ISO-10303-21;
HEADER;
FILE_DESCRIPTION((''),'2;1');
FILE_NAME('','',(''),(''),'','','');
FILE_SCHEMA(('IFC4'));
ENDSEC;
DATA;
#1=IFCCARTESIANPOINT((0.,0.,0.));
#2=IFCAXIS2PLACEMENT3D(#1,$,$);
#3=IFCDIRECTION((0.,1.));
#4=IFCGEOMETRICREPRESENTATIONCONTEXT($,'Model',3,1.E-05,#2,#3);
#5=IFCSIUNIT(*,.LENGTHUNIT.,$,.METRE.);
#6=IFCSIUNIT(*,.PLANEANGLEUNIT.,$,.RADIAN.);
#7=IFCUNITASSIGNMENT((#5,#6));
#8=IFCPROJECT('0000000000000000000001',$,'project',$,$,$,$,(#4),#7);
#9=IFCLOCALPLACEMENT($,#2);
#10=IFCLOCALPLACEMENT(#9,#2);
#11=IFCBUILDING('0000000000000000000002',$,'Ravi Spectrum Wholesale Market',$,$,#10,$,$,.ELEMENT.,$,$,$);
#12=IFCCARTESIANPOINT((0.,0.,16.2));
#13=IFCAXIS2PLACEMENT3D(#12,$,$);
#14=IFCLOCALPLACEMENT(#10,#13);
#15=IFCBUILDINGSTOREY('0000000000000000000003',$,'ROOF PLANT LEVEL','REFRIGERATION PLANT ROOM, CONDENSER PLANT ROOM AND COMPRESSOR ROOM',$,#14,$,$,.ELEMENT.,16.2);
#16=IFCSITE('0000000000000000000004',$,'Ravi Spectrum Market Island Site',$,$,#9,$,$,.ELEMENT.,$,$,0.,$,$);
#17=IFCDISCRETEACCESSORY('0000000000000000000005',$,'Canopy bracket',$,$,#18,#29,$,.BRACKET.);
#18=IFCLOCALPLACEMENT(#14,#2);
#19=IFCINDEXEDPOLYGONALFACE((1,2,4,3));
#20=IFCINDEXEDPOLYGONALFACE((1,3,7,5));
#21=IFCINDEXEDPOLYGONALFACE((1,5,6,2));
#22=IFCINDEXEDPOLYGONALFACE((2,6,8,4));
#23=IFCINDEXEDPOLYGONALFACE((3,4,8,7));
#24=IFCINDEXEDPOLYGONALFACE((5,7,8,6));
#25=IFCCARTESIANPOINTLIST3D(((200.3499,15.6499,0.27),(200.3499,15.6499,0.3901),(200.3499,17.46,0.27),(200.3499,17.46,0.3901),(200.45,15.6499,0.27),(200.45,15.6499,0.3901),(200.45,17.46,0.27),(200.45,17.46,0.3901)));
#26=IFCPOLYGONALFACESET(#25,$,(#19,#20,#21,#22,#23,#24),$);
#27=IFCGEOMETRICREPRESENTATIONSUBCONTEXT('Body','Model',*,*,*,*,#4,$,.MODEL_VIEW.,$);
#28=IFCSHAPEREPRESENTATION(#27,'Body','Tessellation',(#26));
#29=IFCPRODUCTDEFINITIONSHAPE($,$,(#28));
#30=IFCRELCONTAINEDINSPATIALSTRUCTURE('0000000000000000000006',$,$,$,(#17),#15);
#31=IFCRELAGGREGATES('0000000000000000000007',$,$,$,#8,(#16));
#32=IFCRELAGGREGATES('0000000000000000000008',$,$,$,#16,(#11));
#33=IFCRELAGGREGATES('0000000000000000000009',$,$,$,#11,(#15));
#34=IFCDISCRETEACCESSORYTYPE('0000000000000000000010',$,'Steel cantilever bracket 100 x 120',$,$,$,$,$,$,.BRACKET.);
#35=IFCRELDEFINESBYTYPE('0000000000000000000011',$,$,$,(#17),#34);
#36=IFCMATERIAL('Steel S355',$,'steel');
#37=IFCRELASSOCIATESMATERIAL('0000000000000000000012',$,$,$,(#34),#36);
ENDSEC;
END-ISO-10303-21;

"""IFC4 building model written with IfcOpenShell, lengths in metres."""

from ifc_helpers import new_model, si_unit, direction, frame, origin, origin_2d, place, context, subcontext, project, spatial, rectangle, extrude, material, type_object, element, save


model = new_model("IFC4")

# Units and contexts
model_context = context("Model", 3, precision=1e-05, world=origin(), true_north=direction((0.0, 1.0)))
body_context = subcontext(model_context, "Body", "Model", "MODEL_VIEW")
ifc_project = project(units=[si_unit("LENGTHUNIT", "METRE"), si_unit("PLANEANGLEUNIT", "RADIAN")], contexts=[model_context])

# Site, building, storey
site_placement = place(None, origin())
site = spatial("IfcSite", under=ifc_project, at=site_placement, Name="Ravi Spectrum Market Island Site", CompositionType="ELEMENT", RefElevation=0.0)
building_placement = place(site_placement, origin())
building = spatial("IfcBuilding", under=site, at=building_placement, Name="Ravi Spectrum Wholesale Market", CompositionType="ELEMENT")
storey_placement = place(building_placement, frame((0.0, 0.0, 16.2)))
storey = spatial("IfcBuildingStorey", under=building, at=storey_placement, Name="ROOF PLANT LEVEL", Description="REFRIGERATION PLANT ROOM, CONDENSER PLANT ROOM AND COMPRESSOR ROOM", CompositionType="ELEMENT", Elevation=16.2)

# Discrete accessory
ifc_material_1 = material(Name="Steel S355", Category="steel")
discrete_accessory_type_1 = type_object("IfcDiscreteAccessoryType", Name="Steel cantilever bracket 100 x 120", PredefinedType="BRACKET", material=ifc_material_1)
for number, where, z_axis, x_axis, name in (
    (1, (200.3999, 16.5549, 0.27), (0.0, 0.0, 1.0), (1.0, 0.0, 0.0), "Canopy bracket"),
):
    element("IfcDiscreteAccessory", number, at=place(storey_placement, frame(where, z_axis=z_axis, x_axis=x_axis)), inside=storey, type_object=discrete_accessory_type_1, Name=name, PredefinedType="BRACKET", context=body_context, shape_type="SweptSolid", body=[
        extrude(rectangle(XDim=0.1001, YDim=1.8101, at=origin_2d()), origin(), (0.0, 0.0, 1.0), 0.1201),
    ])

save(model, "model.ifc")
